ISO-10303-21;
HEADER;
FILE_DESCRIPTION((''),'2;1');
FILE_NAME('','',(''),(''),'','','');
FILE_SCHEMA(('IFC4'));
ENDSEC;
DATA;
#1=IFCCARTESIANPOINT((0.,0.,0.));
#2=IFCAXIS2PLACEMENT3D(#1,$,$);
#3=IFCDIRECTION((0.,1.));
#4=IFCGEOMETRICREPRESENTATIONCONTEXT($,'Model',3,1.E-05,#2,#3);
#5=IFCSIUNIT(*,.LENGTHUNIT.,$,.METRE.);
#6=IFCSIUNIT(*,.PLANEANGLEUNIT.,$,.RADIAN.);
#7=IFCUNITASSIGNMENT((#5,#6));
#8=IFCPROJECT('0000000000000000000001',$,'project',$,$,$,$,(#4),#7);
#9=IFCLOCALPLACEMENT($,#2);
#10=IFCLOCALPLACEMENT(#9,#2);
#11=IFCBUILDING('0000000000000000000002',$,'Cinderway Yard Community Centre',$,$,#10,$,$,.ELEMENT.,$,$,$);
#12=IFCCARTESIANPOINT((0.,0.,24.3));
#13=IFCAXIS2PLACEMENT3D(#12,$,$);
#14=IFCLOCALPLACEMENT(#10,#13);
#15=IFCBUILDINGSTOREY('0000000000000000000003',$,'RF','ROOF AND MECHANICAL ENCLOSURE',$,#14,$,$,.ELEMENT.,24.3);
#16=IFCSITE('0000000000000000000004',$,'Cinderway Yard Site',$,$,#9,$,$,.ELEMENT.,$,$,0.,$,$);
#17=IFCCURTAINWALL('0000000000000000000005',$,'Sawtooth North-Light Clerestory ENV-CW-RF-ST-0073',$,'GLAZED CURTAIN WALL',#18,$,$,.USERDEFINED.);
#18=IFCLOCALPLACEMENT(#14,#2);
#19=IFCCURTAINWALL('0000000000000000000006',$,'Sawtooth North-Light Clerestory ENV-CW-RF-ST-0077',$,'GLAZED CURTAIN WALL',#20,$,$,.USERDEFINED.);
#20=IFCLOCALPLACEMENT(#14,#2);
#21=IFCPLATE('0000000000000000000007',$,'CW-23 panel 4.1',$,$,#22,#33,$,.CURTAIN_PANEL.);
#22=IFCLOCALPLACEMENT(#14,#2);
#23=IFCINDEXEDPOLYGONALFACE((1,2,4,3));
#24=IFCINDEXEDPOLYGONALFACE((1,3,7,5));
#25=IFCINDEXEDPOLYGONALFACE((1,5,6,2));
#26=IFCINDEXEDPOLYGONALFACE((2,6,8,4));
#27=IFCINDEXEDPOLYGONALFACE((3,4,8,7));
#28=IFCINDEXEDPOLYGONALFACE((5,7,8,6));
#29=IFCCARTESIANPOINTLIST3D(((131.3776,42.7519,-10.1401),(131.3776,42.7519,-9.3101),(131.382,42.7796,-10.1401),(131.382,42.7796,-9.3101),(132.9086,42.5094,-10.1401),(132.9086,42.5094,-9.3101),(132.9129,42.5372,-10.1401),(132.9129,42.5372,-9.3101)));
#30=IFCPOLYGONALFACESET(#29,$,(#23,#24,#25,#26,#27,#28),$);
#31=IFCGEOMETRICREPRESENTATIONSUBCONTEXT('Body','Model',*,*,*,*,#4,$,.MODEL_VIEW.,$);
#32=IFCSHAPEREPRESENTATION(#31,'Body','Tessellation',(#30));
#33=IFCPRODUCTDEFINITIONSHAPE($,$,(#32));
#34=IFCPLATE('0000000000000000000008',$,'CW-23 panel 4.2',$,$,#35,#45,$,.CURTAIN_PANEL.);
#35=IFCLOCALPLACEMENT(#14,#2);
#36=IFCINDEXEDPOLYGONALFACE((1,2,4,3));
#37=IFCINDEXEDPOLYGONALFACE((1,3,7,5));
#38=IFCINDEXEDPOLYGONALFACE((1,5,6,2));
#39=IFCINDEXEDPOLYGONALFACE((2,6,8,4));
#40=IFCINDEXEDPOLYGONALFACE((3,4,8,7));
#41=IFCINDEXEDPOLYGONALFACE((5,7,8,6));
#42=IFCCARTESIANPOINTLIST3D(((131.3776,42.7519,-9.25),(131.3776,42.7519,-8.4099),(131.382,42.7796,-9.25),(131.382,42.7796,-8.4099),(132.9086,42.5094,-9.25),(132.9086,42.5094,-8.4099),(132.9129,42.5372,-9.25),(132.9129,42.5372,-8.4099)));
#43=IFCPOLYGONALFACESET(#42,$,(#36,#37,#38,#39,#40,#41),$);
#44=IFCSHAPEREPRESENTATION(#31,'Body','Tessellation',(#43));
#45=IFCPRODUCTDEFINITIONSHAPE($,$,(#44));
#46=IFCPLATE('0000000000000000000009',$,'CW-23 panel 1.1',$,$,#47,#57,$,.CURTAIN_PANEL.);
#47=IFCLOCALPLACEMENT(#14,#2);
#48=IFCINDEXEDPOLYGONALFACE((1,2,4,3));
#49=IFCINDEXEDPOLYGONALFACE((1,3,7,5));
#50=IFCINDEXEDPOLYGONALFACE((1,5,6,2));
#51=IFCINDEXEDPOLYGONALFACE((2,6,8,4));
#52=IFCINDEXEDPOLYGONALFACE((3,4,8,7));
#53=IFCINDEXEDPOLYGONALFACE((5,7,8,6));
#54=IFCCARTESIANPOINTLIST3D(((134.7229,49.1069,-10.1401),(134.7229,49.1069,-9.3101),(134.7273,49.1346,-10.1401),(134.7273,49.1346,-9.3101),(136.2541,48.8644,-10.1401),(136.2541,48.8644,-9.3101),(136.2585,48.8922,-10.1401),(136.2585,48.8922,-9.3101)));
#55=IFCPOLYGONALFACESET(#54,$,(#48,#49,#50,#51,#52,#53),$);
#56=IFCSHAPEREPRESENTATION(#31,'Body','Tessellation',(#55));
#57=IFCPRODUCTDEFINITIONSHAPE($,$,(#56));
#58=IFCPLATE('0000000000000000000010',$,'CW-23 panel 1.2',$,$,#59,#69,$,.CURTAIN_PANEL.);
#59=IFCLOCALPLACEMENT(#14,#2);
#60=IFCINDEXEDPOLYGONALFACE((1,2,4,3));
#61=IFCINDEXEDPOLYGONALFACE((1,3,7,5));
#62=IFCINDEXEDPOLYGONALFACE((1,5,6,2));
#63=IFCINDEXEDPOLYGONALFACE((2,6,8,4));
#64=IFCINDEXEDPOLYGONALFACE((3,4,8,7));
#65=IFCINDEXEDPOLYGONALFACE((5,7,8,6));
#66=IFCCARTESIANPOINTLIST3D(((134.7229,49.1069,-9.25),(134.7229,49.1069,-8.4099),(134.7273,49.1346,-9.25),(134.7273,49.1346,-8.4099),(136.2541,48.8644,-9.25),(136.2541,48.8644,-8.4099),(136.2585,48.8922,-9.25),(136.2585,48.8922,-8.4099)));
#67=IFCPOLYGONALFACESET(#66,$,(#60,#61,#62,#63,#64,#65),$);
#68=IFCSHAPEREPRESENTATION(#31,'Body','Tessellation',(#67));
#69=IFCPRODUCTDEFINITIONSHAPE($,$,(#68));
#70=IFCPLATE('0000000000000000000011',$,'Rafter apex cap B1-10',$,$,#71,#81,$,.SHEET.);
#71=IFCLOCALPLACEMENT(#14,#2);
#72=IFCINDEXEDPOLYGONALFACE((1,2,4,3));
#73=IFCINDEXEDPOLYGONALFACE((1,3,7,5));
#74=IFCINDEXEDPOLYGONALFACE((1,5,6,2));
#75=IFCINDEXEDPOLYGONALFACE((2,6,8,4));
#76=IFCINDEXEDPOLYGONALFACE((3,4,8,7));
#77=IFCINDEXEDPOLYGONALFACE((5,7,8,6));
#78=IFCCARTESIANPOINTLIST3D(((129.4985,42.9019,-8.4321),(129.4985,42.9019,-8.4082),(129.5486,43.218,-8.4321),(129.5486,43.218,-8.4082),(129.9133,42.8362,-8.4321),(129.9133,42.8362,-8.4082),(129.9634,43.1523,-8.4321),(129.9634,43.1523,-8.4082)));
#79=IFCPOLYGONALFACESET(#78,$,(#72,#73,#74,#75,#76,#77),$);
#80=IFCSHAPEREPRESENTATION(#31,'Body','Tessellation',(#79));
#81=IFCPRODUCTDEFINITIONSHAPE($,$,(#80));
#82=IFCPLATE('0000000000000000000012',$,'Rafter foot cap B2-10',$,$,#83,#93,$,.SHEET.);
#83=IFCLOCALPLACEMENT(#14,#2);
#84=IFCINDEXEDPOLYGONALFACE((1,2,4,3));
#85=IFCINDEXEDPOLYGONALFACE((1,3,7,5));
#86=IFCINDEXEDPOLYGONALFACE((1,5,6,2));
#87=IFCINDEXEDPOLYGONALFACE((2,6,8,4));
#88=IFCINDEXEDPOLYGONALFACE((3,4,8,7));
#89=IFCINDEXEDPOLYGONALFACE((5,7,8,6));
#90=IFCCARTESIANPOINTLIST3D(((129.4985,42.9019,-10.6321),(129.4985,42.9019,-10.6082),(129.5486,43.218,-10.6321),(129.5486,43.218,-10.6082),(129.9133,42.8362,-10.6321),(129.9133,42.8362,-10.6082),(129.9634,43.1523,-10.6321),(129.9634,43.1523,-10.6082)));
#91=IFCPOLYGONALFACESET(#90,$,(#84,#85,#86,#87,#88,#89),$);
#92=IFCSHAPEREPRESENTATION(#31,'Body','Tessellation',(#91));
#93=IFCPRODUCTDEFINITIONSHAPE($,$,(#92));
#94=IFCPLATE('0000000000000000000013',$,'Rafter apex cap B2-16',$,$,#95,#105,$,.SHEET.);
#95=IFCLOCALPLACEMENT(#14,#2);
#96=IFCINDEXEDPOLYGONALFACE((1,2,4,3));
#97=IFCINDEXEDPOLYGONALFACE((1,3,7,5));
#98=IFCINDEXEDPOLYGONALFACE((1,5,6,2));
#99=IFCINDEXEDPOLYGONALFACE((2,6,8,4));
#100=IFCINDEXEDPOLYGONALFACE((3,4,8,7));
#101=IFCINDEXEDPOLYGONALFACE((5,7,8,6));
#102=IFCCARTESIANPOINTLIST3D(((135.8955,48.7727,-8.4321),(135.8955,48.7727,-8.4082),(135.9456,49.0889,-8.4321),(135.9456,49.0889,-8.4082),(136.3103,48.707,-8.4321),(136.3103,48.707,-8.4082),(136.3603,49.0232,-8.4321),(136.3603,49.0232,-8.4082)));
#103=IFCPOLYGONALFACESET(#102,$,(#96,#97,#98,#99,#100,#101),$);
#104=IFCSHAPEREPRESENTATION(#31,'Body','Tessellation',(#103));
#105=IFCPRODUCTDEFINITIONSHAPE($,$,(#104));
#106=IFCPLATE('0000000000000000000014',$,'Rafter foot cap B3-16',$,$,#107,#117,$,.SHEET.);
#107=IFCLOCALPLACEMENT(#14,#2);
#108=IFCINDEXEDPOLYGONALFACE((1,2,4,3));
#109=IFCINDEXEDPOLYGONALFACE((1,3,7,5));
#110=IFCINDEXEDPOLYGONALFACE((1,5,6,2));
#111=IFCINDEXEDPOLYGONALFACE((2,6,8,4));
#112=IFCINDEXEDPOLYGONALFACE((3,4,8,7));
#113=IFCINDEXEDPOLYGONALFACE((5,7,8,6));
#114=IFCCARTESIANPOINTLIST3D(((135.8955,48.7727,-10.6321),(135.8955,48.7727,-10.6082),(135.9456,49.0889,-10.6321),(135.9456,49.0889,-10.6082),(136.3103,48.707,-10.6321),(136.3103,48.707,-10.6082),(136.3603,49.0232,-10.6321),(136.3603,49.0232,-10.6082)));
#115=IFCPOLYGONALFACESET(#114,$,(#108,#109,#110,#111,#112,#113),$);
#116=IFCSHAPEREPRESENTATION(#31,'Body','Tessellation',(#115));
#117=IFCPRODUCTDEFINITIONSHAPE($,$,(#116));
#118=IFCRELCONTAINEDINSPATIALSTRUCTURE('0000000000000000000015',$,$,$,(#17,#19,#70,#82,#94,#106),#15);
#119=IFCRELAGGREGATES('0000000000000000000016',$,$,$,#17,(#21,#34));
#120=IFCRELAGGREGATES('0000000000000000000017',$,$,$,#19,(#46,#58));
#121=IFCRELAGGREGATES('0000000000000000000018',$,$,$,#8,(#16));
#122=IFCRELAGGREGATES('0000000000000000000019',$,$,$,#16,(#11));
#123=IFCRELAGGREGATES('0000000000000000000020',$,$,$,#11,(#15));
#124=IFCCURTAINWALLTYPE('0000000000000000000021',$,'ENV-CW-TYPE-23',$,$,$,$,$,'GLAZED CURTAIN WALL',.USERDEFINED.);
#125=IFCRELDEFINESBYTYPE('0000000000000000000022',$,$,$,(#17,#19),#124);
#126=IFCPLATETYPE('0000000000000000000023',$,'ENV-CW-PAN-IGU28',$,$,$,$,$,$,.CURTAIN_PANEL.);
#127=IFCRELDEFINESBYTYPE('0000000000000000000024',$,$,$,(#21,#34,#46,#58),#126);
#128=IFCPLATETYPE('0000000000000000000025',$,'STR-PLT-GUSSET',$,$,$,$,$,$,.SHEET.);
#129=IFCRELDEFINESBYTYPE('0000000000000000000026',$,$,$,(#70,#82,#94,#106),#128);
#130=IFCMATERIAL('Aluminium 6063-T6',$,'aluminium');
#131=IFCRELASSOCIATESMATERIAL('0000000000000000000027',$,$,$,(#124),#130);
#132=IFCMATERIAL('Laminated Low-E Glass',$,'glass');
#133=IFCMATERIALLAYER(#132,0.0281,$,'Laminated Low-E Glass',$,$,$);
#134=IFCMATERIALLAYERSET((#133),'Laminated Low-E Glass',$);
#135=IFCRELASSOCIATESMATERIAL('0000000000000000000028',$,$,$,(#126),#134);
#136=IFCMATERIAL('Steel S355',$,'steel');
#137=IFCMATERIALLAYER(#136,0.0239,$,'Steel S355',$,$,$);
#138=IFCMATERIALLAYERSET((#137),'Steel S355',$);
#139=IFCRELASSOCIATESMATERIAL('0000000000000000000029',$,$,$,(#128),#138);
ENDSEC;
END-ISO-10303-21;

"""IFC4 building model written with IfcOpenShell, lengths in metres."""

from ifc_helpers import new_model, si_unit, direction, frame, origin, origin_2d, place, context, subcontext, project, spatial, rectangle, extrude, material, layer, layer_set, type_object, element, aggregate, save


model = new_model("IFC4")

# Units and contexts
model_context = context("Model", 3, precision=1e-05, world=origin(), true_north=direction((0.0, 1.0)))
body_context = subcontext(model_context, "Body", "Model", "MODEL_VIEW")
ifc_project = project(units=[si_unit("LENGTHUNIT", "METRE"), si_unit("PLANEANGLEUNIT", "RADIAN")], contexts=[model_context])

# Site, building, storey
site_placement = place(None, origin())
site = spatial("IfcSite", under=ifc_project, at=site_placement, Name="Cinderway Yard Site", CompositionType="ELEMENT", RefElevation=0.0)
building_placement = place(site_placement, origin())
building = spatial("IfcBuilding", under=site, at=building_placement, Name="Cinderway Yard Community Centre", CompositionType="ELEMENT")
storey_placement = place(building_placement, frame((0.0, 0.0, 24.3)))
storey = spatial("IfcBuildingStorey", under=building, at=storey_placement, Name="RF", Description="ROOF AND MECHANICAL ENCLOSURE", CompositionType="ELEMENT", Elevation=24.3)

# Curtain wall
ifc_material_1 = material(Name="Aluminium 6063-T6", Category="aluminium")
curtain_wall_type = type_object("IfcCurtainWallType", Name="ENV-CW-TYPE-23", ElementType="GLAZED CURTAIN WALL", PredefinedType="USERDEFINED", material=ifc_material_1)
curtain_wall_1_placement = place(storey_placement, origin())
curtain_wall_1 = element("IfcCurtainWall", 1, at=curtain_wall_1_placement, inside=storey, type_object=curtain_wall_type, Name="Sawtooth North-Light Clerestory ENV-CW-RF-ST-0073", ObjectType="GLAZED CURTAIN WALL", PredefinedType="USERDEFINED")

# Curtain wall
curtain_wall_2_placement = place(storey_placement, origin())
curtain_wall_2 = element("IfcCurtainWall", 2, at=curtain_wall_2_placement, inside=storey, type_object=curtain_wall_type, Name="Sawtooth North-Light Clerestory ENV-CW-RF-ST-0077", ObjectType="GLAZED CURTAIN WALL", PredefinedType="USERDEFINED")

# Shared definitions
ifc_material_2 = material(Name="Steel S355", Category="steel")

# Plates
ifc_material_3 = material(Name="Laminated Low-E Glass", Category="glass")
ifc_layer_1 = layer(ifc_material_3, 0.0281, Name="Laminated Low-E Glass")
ifc_layer_set_1 = layer_set([ifc_layer_1], Name="Laminated Low-E Glass")
plate_type_1 = type_object("IfcPlateType", Name="ENV-CW-PAN-IGU28", PredefinedType="CURTAIN_PANEL", material=ifc_layer_set_1)
plate_1_placement = place(storey_placement, frame((132.1453, 42.6445, -10.1401), z_axis=(0.0, 0.0, 1.0), x_axis=(0.987692, -0.156409, 0.0)))
plate_1 = element("IfcPlate", 3, at=plate_1_placement, type_object=plate_type_1, Name="CW-23 panel 4.1", PredefinedType="CURTAIN_PANEL", context=body_context, shape_type="SweptSolid", body=[
    extrude(rectangle(XDim=1.55, YDim=0.0281, at=origin_2d()), origin(), (0.0, 0.0, 1.0), 0.8301),
])
plate_2_placement = place(storey_placement, frame((132.1453, 42.6445, -9.25), z_axis=(0.0, 0.0, 1.0), x_axis=(0.987692, -0.156409, 0.0)))
plate_2 = element("IfcPlate", 4, at=plate_2_placement, type_object=plate_type_1, Name="CW-23 panel 4.2", PredefinedType="CURTAIN_PANEL", context=body_context, shape_type="SweptSolid", body=[
    extrude(rectangle(XDim=1.55, YDim=0.0281, at=origin_2d()), origin(), (0.0, 0.0, 1.0), 0.8401),
])
aggregate(curtain_wall_1, [plate_1, plate_2])
plate_3_placement = place(storey_placement, frame((135.4907, 48.9995, -10.1401), z_axis=(0.0, 0.0, 1.0), x_axis=(0.987696, -0.156385, 0.0)))
plate_3 = element("IfcPlate", 5, at=plate_3_placement, type_object=plate_type_1, Name="CW-23 panel 1.1", PredefinedType="CURTAIN_PANEL", context=body_context, shape_type="SweptSolid", body=[
    extrude(rectangle(XDim=1.5503, YDim=0.0281, at=origin_2d()), origin(), (0.0, 0.0, 1.0), 0.8301),
])
plate_4_placement = place(storey_placement, frame((135.4907, 48.9995, -9.25), z_axis=(0.0, 0.0, 1.0), x_axis=(0.987696, -0.156385, 0.0)))
plate_4 = element("IfcPlate", 6, at=plate_4_placement, type_object=plate_type_1, Name="CW-23 panel 1.2", PredefinedType="CURTAIN_PANEL", context=body_context, shape_type="SweptSolid", body=[
    extrude(rectangle(XDim=1.5503, YDim=0.0281, at=origin_2d()), origin(), (0.0, 0.0, 1.0), 0.8401),
])
aggregate(curtain_wall_2, [plate_3, plate_4])

# Plates
ifc_layer_2 = layer(ifc_material_2, 0.0239, Name="Steel S355")
ifc_layer_set_2 = layer_set([ifc_layer_2], Name="Steel S355")
plate_type_2 = type_object("IfcPlateType", Name="STR-PLT-GUSSET", PredefinedType="SHEET", material=ifc_layer_set_2)
for number, where, z_axis, x_axis, name in (
    (7, (129.731, 43.0271, -8.4321), (0.0, 0.0, 1.0), (0.987688, -0.156434, 0.0), "Rafter apex cap B1-10"),
    (8, (129.731, 43.0271, -10.6321), (0.0, 0.0, 1.0), (0.987688, -0.156434, 0.0), "Rafter foot cap B2-10"),
    (9, (136.1279, 48.8979, -8.4321), (0.0, 0.0, 1.0), (0.987688, -0.156434, 0.0), "Rafter apex cap B2-16"),
    (10, (136.1279, 48.8979, -10.6321), (0.0, 0.0, 1.0), (0.987688, -0.156434, 0.0), "Rafter foot cap B3-16"),
):
    element("IfcPlate", number, at=place(storey_placement, frame(where, z_axis=z_axis, x_axis=x_axis)), inside=storey, type_object=plate_type_2, Name=name, PredefinedType="SHEET", context=body_context, shape_type="SweptSolid", body=[
        extrude(rectangle(XDim=0.4199, YDim=0.3201, at=origin_2d()), origin(), (0.0, 0.0, 1.0), 0.0239),
    ])

save(model, "model.ifc")
